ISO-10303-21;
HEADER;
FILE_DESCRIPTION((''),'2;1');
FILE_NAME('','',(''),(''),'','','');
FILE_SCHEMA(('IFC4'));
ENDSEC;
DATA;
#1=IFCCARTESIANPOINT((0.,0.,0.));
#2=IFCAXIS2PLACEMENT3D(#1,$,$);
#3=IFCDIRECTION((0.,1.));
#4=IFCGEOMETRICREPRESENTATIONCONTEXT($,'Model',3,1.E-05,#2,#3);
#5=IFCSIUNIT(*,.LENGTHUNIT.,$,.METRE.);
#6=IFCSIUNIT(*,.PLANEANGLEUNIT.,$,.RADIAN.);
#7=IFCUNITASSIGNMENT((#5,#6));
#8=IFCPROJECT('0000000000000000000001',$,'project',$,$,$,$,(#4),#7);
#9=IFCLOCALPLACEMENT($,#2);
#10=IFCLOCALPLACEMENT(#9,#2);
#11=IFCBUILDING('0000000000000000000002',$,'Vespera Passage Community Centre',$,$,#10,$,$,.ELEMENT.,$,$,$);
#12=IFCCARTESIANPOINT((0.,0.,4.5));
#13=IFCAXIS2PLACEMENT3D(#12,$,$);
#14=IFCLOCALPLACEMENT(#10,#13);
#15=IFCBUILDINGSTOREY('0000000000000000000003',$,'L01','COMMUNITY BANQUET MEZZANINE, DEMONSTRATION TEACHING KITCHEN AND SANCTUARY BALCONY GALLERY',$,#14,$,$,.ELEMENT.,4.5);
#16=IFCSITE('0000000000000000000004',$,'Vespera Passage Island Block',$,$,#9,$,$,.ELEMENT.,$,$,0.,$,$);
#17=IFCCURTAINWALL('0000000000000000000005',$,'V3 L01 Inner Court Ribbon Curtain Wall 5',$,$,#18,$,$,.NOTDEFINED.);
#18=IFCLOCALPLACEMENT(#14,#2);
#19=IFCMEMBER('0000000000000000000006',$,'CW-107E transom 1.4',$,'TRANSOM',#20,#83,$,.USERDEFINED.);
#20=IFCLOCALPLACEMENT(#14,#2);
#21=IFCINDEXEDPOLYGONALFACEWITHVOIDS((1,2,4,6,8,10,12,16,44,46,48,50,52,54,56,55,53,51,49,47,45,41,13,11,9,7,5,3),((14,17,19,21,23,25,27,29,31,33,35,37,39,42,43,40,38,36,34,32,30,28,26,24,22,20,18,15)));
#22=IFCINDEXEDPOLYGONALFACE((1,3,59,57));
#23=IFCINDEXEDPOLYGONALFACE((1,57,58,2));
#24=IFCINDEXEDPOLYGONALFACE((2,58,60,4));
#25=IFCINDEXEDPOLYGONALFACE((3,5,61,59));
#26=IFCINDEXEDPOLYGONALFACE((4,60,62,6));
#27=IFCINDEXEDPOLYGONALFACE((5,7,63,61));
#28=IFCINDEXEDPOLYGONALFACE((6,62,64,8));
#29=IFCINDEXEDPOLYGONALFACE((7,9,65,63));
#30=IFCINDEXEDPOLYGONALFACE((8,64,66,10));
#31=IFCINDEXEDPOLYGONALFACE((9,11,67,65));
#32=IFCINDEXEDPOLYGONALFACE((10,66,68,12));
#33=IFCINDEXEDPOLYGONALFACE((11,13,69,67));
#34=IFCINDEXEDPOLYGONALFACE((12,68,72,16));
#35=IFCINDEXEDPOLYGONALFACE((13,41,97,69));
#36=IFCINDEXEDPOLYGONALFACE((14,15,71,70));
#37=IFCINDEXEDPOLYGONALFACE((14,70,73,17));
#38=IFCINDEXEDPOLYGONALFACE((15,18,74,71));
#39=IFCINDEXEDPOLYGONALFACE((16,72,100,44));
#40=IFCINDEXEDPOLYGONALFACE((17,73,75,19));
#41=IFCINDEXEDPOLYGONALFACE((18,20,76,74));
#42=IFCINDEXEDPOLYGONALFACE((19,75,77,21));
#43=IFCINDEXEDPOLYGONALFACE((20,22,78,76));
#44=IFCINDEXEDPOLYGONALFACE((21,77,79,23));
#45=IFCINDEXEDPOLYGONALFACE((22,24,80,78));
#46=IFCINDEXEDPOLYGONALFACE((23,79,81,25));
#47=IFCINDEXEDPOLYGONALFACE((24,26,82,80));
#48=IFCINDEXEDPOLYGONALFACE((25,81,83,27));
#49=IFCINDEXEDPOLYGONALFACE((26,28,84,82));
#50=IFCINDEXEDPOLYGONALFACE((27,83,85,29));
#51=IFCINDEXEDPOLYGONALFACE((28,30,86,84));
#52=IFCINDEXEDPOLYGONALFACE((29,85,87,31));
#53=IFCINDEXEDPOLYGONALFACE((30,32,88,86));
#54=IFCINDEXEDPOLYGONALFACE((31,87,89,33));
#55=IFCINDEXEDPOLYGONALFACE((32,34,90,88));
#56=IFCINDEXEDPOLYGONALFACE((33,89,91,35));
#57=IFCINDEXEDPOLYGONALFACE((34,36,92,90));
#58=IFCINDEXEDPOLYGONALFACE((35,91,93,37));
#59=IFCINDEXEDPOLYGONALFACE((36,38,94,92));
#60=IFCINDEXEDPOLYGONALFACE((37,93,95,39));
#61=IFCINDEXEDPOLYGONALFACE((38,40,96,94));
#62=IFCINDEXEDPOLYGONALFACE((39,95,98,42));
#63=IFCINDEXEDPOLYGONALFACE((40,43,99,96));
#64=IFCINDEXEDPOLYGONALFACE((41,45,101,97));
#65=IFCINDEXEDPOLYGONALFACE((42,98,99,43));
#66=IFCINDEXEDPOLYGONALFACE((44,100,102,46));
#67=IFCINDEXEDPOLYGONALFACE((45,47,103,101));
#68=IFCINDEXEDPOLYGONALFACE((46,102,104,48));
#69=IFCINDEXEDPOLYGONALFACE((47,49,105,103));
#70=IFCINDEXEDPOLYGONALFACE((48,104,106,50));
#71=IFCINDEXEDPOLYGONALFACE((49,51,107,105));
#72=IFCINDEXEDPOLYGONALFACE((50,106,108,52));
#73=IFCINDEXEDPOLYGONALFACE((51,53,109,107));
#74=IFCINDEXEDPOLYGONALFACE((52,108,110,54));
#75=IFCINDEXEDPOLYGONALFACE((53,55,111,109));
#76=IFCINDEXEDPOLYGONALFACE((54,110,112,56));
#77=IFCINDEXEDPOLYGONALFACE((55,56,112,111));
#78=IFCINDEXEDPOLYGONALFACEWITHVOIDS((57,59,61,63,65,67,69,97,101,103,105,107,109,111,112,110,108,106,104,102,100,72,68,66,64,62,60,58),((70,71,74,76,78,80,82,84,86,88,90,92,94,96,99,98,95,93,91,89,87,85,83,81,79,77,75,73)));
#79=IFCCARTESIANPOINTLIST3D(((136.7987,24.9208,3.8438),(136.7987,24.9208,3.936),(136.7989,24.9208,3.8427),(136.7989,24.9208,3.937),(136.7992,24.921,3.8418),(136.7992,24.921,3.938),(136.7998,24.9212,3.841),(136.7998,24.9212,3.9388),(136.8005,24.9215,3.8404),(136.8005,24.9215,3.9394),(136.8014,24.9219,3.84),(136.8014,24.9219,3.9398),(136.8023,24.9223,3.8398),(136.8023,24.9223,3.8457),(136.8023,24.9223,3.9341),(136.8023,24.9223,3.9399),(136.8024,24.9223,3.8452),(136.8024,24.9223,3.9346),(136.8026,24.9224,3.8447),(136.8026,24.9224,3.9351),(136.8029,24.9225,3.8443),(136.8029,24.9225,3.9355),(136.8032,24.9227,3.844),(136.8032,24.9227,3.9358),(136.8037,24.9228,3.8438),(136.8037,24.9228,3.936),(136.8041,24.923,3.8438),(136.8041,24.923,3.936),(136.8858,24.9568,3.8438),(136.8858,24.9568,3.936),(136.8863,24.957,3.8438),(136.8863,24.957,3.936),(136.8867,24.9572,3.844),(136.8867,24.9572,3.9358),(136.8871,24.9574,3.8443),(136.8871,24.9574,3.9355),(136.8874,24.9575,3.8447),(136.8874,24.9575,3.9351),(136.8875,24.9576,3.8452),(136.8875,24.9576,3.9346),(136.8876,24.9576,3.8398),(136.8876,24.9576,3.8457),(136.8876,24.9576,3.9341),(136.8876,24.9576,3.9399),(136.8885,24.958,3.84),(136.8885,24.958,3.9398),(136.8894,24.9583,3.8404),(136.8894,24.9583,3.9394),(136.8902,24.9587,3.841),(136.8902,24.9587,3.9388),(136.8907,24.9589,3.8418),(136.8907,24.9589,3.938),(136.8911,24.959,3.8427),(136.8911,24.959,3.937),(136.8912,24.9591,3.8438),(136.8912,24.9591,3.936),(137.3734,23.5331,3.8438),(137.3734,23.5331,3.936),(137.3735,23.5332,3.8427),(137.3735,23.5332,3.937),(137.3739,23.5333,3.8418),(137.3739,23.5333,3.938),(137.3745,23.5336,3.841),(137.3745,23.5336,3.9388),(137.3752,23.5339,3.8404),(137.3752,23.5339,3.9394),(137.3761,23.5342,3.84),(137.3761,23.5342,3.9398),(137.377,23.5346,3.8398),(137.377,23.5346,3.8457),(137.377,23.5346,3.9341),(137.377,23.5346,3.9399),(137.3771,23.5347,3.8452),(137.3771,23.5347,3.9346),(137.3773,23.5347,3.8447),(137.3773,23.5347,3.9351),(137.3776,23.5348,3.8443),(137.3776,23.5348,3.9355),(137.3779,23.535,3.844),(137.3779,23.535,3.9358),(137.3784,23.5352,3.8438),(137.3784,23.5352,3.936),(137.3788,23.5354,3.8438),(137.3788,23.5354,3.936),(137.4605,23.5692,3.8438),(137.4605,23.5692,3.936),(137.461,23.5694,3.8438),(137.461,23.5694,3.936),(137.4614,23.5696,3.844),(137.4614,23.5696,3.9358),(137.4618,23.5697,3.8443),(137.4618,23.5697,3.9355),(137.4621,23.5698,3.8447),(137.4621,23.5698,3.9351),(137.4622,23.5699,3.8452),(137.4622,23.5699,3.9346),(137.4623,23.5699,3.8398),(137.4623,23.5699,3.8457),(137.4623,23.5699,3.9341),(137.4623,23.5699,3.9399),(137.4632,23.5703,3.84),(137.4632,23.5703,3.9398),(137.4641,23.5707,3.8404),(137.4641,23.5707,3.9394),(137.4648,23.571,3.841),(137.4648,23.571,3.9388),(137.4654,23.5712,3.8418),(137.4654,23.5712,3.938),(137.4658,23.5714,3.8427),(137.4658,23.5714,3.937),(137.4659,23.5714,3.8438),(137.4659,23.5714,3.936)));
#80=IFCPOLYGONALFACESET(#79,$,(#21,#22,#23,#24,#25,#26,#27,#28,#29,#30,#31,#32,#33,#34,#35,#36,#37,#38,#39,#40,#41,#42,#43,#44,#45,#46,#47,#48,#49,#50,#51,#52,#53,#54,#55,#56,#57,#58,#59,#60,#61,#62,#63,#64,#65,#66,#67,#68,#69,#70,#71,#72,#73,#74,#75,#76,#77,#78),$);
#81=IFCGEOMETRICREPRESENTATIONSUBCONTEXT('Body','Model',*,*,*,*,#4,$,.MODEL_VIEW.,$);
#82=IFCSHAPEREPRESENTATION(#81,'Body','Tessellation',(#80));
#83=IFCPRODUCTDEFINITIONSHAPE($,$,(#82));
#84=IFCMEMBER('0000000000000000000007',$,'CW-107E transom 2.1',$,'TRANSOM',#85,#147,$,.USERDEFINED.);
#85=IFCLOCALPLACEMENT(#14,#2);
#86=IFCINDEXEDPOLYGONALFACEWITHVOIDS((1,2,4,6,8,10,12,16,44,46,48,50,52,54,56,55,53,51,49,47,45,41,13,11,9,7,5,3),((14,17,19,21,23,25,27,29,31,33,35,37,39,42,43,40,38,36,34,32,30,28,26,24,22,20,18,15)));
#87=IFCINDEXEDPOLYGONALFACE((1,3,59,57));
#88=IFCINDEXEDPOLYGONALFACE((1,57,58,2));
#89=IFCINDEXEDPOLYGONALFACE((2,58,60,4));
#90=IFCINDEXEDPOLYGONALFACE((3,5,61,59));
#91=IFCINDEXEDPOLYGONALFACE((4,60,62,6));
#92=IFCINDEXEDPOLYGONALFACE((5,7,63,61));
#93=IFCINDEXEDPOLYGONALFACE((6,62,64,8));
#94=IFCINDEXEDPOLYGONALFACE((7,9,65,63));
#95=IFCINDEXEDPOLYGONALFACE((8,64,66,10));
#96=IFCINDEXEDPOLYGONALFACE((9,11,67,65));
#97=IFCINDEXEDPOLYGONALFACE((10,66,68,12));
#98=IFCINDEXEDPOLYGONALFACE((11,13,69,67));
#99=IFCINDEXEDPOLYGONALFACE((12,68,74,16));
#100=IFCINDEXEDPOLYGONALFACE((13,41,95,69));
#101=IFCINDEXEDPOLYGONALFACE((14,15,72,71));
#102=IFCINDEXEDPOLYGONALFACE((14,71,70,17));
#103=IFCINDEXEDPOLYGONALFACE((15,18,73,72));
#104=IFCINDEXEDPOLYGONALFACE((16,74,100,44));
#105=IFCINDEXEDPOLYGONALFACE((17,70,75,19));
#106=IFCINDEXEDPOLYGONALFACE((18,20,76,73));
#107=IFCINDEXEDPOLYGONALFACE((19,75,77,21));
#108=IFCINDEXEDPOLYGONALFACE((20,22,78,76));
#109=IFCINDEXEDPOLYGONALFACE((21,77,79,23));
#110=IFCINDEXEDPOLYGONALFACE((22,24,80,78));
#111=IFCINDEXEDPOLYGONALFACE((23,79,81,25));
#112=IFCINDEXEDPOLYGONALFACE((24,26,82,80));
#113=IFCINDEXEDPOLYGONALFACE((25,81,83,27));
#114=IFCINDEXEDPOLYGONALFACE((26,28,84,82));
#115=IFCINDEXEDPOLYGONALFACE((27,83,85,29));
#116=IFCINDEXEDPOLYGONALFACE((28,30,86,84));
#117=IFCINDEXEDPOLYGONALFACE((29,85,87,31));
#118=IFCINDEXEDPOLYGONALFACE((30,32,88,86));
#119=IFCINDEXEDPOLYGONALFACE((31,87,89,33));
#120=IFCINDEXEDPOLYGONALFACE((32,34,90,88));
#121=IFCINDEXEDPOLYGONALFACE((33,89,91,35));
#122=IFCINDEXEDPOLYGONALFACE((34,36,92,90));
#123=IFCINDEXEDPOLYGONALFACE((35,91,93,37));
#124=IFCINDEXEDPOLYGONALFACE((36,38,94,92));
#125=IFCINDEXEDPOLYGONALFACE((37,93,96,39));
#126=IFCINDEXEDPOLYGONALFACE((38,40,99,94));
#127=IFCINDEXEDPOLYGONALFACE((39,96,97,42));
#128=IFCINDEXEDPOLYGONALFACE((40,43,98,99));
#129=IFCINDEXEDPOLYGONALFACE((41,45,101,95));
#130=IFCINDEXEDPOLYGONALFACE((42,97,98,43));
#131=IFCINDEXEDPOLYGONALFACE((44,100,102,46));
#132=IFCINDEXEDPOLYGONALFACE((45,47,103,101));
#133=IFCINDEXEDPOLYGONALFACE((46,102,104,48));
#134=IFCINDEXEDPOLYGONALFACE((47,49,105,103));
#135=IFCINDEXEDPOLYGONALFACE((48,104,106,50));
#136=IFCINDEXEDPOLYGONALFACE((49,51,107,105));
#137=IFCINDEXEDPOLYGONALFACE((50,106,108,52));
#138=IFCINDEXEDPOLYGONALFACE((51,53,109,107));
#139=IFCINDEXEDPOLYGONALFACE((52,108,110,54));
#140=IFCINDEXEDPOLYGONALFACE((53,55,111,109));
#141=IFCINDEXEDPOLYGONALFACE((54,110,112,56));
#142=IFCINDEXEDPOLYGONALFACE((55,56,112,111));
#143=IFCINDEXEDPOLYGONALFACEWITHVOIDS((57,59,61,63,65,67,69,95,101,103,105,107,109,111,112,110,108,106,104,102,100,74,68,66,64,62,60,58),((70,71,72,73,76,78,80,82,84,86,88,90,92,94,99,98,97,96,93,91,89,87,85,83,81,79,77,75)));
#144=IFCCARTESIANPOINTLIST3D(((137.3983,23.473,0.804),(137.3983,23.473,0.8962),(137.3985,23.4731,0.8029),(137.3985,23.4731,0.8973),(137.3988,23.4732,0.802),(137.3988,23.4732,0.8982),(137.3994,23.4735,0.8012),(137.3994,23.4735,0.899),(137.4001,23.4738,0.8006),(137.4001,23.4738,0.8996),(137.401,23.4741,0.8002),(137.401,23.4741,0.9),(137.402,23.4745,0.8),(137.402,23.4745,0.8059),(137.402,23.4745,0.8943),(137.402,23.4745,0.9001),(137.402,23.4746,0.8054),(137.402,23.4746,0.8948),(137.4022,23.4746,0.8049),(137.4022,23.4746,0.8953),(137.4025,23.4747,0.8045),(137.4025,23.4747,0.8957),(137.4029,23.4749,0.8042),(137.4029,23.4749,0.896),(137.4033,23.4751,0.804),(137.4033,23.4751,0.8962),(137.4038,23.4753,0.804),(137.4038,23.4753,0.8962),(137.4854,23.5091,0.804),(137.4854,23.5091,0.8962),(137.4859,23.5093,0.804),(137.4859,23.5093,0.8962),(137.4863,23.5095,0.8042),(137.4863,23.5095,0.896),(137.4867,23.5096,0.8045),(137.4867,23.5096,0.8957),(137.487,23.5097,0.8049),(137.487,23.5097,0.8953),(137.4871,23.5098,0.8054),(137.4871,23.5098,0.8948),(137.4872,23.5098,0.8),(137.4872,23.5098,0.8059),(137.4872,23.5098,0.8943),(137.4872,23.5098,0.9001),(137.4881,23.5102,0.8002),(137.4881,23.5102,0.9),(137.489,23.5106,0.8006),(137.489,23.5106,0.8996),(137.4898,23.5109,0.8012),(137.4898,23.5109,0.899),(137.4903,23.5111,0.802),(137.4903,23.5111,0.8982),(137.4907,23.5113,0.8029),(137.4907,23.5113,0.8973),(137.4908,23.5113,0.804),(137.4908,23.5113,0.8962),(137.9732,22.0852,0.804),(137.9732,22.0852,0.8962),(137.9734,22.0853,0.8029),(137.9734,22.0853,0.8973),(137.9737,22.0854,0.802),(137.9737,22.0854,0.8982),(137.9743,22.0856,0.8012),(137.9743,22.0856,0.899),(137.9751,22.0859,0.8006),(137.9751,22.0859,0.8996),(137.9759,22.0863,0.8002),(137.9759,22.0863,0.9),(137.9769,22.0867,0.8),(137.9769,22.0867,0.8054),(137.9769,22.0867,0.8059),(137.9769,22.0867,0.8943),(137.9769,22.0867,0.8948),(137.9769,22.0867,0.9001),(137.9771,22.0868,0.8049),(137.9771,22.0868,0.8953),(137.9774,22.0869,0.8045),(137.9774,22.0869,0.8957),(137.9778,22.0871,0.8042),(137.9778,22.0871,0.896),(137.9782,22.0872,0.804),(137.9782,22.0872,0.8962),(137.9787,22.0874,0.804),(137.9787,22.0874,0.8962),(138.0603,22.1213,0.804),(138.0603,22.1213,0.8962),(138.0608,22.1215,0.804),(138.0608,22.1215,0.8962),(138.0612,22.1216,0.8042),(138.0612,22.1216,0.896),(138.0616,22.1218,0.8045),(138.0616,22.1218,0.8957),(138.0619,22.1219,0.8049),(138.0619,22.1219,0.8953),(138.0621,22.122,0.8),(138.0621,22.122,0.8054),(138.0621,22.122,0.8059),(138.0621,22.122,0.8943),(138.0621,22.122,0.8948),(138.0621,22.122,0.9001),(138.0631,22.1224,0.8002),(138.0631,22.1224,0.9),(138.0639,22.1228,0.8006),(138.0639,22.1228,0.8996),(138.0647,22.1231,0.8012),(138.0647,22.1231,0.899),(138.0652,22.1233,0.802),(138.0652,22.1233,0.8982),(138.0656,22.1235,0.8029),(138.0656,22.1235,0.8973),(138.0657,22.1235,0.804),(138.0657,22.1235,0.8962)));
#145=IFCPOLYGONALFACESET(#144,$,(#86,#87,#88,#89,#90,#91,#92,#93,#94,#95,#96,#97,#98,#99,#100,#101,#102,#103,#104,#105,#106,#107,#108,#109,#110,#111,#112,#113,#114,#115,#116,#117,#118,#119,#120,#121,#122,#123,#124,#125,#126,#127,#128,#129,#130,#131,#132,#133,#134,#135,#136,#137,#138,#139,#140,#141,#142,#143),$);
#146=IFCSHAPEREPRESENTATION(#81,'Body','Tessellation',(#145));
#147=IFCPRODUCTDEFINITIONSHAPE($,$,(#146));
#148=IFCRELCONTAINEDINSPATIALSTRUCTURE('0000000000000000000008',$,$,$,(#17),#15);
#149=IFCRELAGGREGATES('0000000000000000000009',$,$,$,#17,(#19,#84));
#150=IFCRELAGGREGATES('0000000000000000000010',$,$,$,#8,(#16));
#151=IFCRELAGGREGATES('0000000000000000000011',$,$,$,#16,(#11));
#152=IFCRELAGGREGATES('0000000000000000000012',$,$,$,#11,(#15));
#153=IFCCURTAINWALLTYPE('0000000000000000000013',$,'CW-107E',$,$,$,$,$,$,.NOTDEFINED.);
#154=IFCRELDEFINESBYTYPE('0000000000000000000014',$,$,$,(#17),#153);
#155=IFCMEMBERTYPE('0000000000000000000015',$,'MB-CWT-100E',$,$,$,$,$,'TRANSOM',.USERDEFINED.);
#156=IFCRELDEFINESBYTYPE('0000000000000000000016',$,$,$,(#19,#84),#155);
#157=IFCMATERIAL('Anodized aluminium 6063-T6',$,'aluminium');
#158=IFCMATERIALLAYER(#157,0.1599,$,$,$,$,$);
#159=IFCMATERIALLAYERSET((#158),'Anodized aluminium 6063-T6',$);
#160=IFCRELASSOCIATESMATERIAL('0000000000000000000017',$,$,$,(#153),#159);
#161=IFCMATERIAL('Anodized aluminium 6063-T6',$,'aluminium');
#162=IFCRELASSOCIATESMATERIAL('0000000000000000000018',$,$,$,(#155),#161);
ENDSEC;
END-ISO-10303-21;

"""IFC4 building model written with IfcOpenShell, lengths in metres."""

from ifc_helpers import new_model, si_unit, direction, frame, origin, origin_2d, place, context, subcontext, project, spatial, hollow_rectangle, extrude, material, layer, layer_set, material_profile, profile_set, type_object, element, aggregate, save


model = new_model("IFC4")

# Units and contexts
model_context = context("Model", 3, precision=1e-05, world=origin(), true_north=direction((0.0, 1.0)))
body_context = subcontext(model_context, "Body", "Model", "MODEL_VIEW")
ifc_project = project(units=[si_unit("LENGTHUNIT", "METRE"), si_unit("PLANEANGLEUNIT", "RADIAN")], contexts=[model_context])

# Site, building, storey
site_placement = place(None, origin())
site = spatial("IfcSite", under=ifc_project, at=site_placement, Name="Vespera Passage Island Block", CompositionType="ELEMENT", RefElevation=0.0)
building_placement = place(site_placement, origin())
building = spatial("IfcBuilding", under=site, at=building_placement, Name="Vespera Passage Community Centre", CompositionType="ELEMENT")
storey_placement = place(building_placement, frame((0.0, 0.0, 4.5)))
storey = spatial("IfcBuildingStorey", under=building, at=storey_placement, Name="L01", Description="COMMUNITY BANQUET MEZZANINE, DEMONSTRATION TEACHING KITCHEN AND SANCTUARY BALCONY GALLERY", CompositionType="ELEMENT", Elevation=4.5)

# Curtain wall
ifc_material_1 = material(Name="Anodized aluminium 6063-T6", Category="aluminium")
ifc_layer_1 = layer(ifc_material_1, 0.1599)
ifc_layer_set_1 = layer_set([ifc_layer_1], Name="Anodized aluminium 6063-T6")
curtain_wall_type = type_object("IfcCurtainWallType", Name="CW-107E", PredefinedType="NOTDEFINED", material=ifc_layer_set_1)
curtain_wall_1_placement = place(storey_placement, origin())
curtain_wall_1 = element("IfcCurtainWall", 1, at=curtain_wall_1_placement, inside=storey, type_object=curtain_wall_type, Name="V3 L01 Inner Court Ribbon Curtain Wall 5", PredefinedType="NOTDEFINED")

# Members
ifc_material_2 = material(Name="Anodized aluminium 6063-T6", Category="aluminium")
ifc_material_profile_1 = material_profile(ifc_material_2, hollow_rectangle(XDim=0.1001, YDim=0.1001, WallThickness=0.0039, InnerFilletRadius=0.002, OuterFilletRadius=0.0039, at=origin_2d()), Name="ALU100X100X4")
ifc_profile_set_1 = profile_set([ifc_material_profile_1], Name="Anodized aluminium 6063-T6")
member_type_1 = type_object("IfcMemberType", Name="MB-CWT-100E", ElementType="TRANSOM", PredefinedType="USERDEFINED", material=ifc_profile_set_1)
member_1_placement = place(storey_placement, frame((136.845, 24.9399, 3.8899), z_axis=(0.382629, -0.923902, 0.0), x_axis=(0.923902, 0.382629, 0.0)))
member_1 = element("IfcMember", 2, at=member_1_placement, type_object=member_type_1, Name="CW-107E transom 1.4", ObjectType="TRANSOM", PredefinedType="USERDEFINED", context=body_context, shape_type="SweptSolid", body=[
    extrude(hollow_rectangle(XDim=0.1001, YDim=0.1001, WallThickness=0.0039, InnerFilletRadius=0.002, OuterFilletRadius=0.0039, at=origin_2d()), origin(), (0.0, 0.0, 1.0), 1.502),
])
member_2_placement = place(storey_placement, frame((137.4446, 23.4922, 0.8501), z_axis=(0.382711, -0.923868, 0.0), x_axis=(0.923868, 0.382711, 0.0)))
member_2 = element("IfcMember", 3, at=member_2_placement, type_object=member_type_1, Name="CW-107E transom 2.1", ObjectType="TRANSOM", PredefinedType="USERDEFINED", context=body_context, shape_type="SweptSolid", body=[
    extrude(hollow_rectangle(XDim=0.1001, YDim=0.1001, WallThickness=0.0039, InnerFilletRadius=0.002, OuterFilletRadius=0.0039, at=origin_2d()), origin(), (0.0, 0.0, 1.0), 1.5022),
])

aggregate(curtain_wall_1, [member_1, member_2])

save(model, "model.ifc")
